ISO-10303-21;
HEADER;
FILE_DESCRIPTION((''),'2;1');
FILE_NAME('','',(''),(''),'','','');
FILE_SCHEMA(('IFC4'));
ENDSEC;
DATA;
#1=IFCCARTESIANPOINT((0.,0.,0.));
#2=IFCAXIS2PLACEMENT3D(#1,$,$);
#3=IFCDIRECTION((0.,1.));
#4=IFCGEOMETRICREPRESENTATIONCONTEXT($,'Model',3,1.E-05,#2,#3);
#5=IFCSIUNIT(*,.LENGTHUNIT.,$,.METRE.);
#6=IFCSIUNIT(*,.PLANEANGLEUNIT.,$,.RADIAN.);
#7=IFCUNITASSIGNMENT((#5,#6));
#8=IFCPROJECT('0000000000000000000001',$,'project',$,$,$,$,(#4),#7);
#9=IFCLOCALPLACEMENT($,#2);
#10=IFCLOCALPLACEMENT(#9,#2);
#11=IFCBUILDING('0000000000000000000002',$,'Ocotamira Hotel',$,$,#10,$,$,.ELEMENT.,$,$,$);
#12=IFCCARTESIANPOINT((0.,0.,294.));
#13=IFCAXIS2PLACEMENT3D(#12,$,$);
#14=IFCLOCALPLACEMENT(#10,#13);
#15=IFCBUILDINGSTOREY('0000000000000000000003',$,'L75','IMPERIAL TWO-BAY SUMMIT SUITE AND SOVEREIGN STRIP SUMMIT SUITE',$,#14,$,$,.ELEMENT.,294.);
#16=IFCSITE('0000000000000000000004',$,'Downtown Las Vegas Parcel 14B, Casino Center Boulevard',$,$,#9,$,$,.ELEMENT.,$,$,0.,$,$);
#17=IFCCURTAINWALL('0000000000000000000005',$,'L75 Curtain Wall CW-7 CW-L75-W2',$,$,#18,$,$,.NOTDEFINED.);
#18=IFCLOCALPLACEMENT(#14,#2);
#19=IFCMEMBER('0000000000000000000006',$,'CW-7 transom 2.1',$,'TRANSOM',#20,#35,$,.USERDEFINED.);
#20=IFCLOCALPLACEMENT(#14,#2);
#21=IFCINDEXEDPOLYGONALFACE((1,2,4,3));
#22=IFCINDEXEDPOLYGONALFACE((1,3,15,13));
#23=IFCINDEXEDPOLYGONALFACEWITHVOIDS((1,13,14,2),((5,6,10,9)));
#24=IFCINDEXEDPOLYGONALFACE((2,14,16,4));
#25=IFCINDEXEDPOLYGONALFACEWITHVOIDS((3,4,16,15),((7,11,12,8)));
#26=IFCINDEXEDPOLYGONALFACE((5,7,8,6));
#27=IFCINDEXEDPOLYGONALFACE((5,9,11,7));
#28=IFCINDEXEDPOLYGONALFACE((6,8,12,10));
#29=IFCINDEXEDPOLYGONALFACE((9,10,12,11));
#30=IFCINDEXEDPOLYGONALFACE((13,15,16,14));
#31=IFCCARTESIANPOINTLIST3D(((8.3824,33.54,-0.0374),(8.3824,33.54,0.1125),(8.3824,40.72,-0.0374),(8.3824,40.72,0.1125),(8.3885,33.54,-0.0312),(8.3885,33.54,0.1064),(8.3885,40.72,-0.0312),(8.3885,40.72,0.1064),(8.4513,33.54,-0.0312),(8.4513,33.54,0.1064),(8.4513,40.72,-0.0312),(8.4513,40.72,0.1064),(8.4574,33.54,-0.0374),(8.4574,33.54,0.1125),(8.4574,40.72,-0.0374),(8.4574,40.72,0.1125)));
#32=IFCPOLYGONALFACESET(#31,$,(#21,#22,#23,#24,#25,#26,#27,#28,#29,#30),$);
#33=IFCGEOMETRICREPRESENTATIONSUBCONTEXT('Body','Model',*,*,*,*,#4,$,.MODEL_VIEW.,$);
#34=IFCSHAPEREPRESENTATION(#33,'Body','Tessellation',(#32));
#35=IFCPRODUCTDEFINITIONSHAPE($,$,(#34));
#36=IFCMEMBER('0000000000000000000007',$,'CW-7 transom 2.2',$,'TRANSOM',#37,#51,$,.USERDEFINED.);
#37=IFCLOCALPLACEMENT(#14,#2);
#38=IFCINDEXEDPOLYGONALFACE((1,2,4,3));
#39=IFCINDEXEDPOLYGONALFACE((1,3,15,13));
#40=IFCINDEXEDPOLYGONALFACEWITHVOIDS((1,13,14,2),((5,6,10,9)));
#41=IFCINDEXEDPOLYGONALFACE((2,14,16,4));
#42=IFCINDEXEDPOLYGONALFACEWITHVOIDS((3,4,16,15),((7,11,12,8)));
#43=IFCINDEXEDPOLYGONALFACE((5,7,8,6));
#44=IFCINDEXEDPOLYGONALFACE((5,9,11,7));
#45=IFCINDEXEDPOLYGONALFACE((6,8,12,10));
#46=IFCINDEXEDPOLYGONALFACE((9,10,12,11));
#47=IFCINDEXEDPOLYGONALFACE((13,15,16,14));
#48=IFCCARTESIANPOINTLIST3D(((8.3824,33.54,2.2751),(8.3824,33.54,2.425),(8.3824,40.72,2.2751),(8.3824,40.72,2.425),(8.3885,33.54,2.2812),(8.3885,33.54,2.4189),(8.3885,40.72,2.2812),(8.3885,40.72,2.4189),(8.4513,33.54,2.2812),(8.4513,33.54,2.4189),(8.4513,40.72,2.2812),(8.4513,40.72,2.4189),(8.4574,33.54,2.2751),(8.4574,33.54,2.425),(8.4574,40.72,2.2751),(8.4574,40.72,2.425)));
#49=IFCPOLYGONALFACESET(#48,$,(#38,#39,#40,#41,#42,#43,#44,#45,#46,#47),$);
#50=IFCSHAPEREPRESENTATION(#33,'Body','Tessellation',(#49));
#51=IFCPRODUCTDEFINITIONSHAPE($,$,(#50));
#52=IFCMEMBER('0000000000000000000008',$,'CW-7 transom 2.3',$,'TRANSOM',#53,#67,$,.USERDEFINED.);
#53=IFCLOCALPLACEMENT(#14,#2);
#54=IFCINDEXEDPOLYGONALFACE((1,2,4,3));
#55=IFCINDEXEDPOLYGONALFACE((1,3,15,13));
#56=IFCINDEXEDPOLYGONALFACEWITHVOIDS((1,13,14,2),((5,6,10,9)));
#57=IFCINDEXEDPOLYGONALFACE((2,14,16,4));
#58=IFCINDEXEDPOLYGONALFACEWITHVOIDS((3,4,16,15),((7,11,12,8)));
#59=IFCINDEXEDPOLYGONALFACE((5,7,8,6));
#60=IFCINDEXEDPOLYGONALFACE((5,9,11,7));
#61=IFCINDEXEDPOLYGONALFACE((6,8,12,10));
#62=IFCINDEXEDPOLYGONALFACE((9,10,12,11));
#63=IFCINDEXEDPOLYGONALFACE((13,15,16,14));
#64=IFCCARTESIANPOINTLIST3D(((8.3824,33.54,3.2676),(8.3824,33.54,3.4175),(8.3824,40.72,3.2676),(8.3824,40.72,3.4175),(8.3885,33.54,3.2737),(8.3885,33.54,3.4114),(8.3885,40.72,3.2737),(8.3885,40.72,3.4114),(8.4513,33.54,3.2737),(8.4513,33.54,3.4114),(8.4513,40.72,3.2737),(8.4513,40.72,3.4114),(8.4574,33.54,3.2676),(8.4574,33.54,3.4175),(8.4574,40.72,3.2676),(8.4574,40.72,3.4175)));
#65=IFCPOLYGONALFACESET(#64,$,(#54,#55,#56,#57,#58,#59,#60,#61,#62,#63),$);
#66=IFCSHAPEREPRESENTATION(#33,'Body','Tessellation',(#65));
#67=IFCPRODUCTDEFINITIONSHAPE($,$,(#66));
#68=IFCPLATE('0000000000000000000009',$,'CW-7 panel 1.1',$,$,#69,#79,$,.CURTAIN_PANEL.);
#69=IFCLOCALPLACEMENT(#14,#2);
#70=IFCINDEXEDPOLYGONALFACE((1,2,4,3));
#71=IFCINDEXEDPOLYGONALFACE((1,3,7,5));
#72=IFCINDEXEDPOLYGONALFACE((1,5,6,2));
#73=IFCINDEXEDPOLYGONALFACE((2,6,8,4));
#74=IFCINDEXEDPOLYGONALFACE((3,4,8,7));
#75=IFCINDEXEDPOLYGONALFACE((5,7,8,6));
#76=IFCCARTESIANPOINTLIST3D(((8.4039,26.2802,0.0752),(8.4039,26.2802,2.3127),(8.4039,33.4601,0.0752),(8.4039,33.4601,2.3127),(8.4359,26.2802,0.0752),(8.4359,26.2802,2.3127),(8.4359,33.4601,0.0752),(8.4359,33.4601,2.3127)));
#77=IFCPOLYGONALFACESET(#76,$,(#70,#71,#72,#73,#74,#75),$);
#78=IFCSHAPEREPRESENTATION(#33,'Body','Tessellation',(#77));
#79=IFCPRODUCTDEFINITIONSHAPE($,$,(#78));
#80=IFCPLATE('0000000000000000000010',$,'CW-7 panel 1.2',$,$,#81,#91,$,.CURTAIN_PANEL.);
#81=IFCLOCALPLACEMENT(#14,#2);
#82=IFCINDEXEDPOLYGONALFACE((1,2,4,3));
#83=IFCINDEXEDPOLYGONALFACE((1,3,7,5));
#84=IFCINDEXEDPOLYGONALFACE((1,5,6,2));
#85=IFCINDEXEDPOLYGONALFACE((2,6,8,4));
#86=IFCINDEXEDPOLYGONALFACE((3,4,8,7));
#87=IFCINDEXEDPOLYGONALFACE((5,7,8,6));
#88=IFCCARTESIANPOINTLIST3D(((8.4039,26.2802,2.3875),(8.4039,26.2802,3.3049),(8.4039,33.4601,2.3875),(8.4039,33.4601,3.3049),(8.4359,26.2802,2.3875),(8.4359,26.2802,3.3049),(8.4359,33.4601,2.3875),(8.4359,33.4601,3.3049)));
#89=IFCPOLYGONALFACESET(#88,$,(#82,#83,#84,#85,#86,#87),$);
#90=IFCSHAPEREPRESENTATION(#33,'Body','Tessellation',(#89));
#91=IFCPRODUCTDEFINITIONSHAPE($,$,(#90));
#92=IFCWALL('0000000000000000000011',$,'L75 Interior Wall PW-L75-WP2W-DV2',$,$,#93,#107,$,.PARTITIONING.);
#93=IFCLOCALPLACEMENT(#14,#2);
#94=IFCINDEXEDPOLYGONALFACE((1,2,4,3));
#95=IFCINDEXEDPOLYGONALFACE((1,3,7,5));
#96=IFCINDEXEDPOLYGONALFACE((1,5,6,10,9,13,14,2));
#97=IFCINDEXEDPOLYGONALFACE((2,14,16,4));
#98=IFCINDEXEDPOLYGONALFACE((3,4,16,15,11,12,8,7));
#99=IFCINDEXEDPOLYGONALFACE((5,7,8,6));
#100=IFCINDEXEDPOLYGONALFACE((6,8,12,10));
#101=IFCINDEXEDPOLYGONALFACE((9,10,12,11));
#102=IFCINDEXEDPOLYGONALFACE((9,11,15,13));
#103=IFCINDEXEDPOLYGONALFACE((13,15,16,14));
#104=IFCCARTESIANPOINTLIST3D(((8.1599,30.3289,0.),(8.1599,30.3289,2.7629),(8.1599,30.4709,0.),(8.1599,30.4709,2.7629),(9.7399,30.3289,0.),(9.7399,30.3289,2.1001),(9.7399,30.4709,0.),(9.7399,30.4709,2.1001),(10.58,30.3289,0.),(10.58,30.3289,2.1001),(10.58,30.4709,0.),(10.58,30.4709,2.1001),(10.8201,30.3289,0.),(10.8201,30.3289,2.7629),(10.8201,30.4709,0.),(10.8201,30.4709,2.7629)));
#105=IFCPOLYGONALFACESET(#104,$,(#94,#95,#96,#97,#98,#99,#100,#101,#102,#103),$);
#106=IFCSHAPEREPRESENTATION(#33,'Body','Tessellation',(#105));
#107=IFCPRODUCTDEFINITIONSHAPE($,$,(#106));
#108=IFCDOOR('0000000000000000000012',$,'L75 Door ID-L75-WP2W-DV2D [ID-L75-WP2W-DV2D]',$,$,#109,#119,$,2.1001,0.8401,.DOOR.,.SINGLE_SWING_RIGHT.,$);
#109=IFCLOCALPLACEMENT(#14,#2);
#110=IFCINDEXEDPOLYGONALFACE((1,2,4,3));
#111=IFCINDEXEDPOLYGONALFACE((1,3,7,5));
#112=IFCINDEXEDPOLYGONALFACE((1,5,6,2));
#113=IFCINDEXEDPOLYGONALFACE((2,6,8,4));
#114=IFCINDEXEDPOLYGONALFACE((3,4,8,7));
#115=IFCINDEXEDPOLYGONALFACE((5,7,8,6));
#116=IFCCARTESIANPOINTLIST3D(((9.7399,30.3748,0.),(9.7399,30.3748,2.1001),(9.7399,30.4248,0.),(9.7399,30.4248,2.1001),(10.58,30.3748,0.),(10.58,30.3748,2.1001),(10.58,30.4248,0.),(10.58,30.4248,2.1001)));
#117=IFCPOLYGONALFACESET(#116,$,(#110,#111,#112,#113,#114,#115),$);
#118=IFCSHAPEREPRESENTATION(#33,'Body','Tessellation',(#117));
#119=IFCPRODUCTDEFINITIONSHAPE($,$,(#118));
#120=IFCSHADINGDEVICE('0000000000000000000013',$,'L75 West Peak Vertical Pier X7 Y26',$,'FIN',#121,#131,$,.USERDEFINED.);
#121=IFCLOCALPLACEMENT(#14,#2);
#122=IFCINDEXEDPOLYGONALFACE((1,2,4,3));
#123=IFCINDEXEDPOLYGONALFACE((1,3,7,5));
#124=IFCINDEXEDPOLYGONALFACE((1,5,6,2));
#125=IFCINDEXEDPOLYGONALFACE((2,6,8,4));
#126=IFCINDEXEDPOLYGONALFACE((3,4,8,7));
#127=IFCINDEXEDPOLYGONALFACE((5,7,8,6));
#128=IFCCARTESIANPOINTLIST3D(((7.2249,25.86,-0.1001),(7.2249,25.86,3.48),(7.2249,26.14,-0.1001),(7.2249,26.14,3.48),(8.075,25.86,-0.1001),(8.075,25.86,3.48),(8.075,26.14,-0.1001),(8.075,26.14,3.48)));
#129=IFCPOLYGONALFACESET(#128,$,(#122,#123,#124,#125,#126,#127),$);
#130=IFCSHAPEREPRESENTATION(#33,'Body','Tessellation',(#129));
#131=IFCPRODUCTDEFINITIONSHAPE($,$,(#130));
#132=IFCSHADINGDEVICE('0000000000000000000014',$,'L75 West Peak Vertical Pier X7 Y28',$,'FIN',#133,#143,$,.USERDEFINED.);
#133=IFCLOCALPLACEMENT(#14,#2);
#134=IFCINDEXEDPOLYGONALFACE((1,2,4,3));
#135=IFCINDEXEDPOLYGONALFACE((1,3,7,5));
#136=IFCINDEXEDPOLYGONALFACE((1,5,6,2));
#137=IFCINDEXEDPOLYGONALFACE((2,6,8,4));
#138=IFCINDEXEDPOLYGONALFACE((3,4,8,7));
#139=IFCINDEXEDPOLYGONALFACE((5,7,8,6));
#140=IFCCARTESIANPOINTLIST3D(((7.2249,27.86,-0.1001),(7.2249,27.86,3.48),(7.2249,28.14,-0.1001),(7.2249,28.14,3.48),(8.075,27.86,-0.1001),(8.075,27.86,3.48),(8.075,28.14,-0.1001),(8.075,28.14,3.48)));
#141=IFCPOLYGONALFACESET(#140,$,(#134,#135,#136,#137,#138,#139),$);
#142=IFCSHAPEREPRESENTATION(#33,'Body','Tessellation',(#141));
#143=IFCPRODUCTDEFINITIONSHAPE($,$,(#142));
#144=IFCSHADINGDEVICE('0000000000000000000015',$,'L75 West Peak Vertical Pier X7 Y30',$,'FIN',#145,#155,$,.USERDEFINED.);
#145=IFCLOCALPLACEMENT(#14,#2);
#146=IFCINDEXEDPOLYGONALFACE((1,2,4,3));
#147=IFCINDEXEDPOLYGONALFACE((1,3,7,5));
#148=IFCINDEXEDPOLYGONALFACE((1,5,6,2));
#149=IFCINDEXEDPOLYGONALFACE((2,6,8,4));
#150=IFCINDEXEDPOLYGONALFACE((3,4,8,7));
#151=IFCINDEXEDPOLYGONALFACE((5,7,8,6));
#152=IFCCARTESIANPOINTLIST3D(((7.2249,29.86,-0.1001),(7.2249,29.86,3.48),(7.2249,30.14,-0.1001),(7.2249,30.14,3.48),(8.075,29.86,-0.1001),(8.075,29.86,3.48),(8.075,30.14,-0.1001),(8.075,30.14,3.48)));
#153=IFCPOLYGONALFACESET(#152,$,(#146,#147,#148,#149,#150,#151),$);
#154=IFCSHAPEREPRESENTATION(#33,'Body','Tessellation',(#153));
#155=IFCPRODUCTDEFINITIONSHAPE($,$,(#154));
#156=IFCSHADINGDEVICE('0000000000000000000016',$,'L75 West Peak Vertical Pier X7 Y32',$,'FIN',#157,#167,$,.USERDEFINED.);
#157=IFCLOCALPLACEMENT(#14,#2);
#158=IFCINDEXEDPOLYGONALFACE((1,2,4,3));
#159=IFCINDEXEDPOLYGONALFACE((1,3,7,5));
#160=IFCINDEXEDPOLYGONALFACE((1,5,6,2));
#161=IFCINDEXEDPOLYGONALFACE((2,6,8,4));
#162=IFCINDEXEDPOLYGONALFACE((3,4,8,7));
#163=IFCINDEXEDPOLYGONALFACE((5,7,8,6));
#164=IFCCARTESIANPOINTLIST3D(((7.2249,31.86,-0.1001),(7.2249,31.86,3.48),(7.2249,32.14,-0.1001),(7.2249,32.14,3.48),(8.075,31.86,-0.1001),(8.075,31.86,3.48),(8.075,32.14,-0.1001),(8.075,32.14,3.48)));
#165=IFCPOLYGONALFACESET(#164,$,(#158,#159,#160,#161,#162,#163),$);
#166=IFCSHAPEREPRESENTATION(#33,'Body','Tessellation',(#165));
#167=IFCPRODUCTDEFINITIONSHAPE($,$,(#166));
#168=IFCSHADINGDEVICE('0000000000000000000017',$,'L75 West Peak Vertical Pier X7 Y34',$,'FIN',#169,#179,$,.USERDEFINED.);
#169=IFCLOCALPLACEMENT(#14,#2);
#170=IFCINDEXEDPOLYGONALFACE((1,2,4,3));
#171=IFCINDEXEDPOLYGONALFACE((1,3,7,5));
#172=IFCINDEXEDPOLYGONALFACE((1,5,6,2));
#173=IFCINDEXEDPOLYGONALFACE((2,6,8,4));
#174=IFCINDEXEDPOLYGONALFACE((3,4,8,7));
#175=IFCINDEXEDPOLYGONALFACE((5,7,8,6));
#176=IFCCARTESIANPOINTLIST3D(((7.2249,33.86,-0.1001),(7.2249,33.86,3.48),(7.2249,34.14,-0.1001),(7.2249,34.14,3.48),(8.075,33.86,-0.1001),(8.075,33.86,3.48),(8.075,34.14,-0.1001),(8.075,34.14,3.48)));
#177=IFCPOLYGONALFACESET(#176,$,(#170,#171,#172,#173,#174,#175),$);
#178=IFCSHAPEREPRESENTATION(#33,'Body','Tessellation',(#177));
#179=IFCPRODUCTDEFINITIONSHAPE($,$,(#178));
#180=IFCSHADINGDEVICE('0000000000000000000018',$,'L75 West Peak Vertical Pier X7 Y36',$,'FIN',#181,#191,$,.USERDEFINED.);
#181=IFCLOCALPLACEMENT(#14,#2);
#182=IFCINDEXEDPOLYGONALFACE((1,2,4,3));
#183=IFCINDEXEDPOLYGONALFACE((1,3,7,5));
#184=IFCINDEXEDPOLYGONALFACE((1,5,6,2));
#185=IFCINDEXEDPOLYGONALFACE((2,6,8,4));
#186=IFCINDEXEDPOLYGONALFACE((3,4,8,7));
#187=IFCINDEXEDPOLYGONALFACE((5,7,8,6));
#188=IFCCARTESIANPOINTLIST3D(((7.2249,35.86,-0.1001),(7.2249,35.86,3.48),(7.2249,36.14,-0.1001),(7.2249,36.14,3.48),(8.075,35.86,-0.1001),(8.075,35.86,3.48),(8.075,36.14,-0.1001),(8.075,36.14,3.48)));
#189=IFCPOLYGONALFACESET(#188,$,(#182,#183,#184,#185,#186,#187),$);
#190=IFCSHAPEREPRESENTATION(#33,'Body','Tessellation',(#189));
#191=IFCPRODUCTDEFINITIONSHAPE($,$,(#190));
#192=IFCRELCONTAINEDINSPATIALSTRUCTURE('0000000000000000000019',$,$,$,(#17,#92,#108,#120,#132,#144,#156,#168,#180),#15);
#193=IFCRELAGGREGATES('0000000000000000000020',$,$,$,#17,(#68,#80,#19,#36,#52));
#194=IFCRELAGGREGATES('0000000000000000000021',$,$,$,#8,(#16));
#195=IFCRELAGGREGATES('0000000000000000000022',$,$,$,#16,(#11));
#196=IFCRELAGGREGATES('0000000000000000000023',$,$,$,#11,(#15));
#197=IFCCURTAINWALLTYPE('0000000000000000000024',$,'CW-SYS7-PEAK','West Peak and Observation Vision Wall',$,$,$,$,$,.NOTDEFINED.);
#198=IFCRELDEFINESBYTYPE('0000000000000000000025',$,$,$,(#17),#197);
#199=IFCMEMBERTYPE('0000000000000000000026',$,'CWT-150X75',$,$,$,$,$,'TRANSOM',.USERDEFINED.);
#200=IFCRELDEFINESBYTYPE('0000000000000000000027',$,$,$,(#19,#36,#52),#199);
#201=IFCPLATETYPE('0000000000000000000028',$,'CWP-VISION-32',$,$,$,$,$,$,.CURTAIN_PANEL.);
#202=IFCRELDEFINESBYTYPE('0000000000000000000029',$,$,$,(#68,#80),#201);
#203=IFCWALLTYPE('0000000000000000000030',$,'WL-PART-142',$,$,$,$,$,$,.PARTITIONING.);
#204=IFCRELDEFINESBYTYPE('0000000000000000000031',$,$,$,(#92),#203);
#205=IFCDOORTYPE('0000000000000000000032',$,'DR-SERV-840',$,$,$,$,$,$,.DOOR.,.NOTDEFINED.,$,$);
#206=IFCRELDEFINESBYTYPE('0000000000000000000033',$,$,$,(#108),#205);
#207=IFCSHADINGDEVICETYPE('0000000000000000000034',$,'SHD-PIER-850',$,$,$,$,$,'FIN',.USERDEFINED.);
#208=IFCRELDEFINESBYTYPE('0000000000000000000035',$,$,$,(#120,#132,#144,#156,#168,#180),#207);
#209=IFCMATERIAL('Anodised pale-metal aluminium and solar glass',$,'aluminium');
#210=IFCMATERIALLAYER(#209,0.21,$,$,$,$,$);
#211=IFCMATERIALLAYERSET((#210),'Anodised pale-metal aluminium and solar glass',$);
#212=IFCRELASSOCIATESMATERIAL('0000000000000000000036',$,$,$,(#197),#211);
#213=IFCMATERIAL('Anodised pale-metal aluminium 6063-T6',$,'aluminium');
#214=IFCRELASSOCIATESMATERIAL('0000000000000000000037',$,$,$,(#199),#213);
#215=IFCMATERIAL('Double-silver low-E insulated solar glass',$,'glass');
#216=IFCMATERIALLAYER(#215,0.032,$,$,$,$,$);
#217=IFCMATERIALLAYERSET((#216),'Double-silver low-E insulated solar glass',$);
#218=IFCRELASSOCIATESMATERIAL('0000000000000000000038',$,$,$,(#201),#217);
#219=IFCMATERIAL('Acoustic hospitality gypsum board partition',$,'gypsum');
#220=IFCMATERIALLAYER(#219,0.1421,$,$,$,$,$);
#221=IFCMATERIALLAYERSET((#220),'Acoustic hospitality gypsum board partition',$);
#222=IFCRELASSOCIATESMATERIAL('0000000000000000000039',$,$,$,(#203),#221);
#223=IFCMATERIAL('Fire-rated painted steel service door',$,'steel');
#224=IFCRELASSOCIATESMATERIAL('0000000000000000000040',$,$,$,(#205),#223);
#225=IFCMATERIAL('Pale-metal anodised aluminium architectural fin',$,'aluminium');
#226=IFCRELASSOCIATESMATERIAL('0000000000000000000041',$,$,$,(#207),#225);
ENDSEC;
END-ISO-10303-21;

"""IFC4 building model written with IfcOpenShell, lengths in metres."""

from ifc_helpers import new_model, si_unit, direction, frame, frame_2d, origin, origin_2d, place, context, subcontext, project, spatial, rectangle, hollow_rectangle, extrude, source, transform, mapped, material, layer, layer_set, material_profile, profile_set, type_object, element, fill, aggregate, save


model = new_model("IFC4")

# Units and contexts
model_context = context("Model", 3, precision=1e-05, world=origin(), true_north=direction((0.0, 1.0)))
body_context = subcontext(model_context, "Body", "Model", "MODEL_VIEW")
ifc_project = project(units=[si_unit("LENGTHUNIT", "METRE"), si_unit("PLANEANGLEUNIT", "RADIAN")], contexts=[model_context])

# Site, building, storey
site_placement = place(None, origin())
site = spatial("IfcSite", under=ifc_project, at=site_placement, Name="Downtown Las Vegas Parcel 14B, Casino Center Boulevard", CompositionType="ELEMENT", RefElevation=0.0)
building_placement = place(site_placement, origin())
building = spatial("IfcBuilding", under=site, at=building_placement, Name="Ocotamira Hotel", CompositionType="ELEMENT")
storey_placement = place(building_placement, frame((0.0, 0.0, 294.0)))
storey = spatial("IfcBuildingStorey", under=building, at=storey_placement, Name="L75", Description="IMPERIAL TWO-BAY SUMMIT SUITE AND SOVEREIGN STRIP SUMMIT SUITE", CompositionType="ELEMENT", Elevation=294.0)

# Curtain wall, members, plates
ifc_material_1 = material(Name="Anodised pale-metal aluminium and solar glass", Category="aluminium")
ifc_layer_1 = layer(ifc_material_1, 0.21)
ifc_layer_set_1 = layer_set([ifc_layer_1], Name="Anodised pale-metal aluminium and solar glass")
curtain_wall_type = type_object("IfcCurtainWallType", Name="CW-SYS7-PEAK", Description="West Peak and Observation Vision Wall", PredefinedType="NOTDEFINED", material=ifc_layer_set_1)
curtain_wall_placement = place(storey_placement, origin())
curtain_wall = element("IfcCurtainWall", 1, at=curtain_wall_placement, inside=storey, type_object=curtain_wall_type, Name="L75 Curtain Wall CW-7 CW-L75-W2", PredefinedType="NOTDEFINED")
ifc_material_2 = material(Name="Anodised pale-metal aluminium 6063-T6", Category="aluminium")
ifc_material_profile_1 = material_profile(ifc_material_2, hollow_rectangle(XDim=0.075, YDim=0.1499, WallThickness=0.0061, at=origin_2d()), Name="HSS150X75X6")
ifc_profile_set_1 = profile_set([ifc_material_profile_1], Name="Anodised pale-metal aluminium 6063-T6")
member_type_1 = type_object("IfcMemberType", Name="CWT-150X75", ElementType="TRANSOM", PredefinedType="USERDEFINED", material=ifc_profile_set_1)
shared_shape_1 = source(origin(), body_context, "Body", "SweptSolid", [
    extrude(hollow_rectangle(XDim=0.075, YDim=0.1499, WallThickness=0.0061, at=origin_2d()), origin(), (0.0, 0.0, 1.0), 7.1799),
])
member_1_placement = place(storey_placement, frame((8.4199, 33.54, 0.0376), z_axis=(0.0, 1.0, 0.0), x_axis=(-1.0, 0.0, 0.0)))
member_1 = element("IfcMember", 2, at=member_1_placement, type_object=member_type_1, Name="CW-7 transom 2.1", ObjectType="TRANSOM", PredefinedType="USERDEFINED", context=body_context, shape_type="MappedRepresentation", body=[
    mapped(shared_shape_1, transform((0.0, 0.0, 0.0), scale=1.0)),
])
member_2_placement = place(storey_placement, frame((8.4199, 33.54, 2.3501), z_axis=(0.0, 1.0, 0.0), x_axis=(-1.0, 0.0, 0.0)))
member_2 = element("IfcMember", 3, at=member_2_placement, type_object=member_type_1, Name="CW-7 transom 2.2", ObjectType="TRANSOM", PredefinedType="USERDEFINED", context=body_context, shape_type="MappedRepresentation", body=[
    mapped(shared_shape_1, transform((0.0, 0.0, 0.0), scale=1.0)),
])
member_3_placement = place(storey_placement, frame((8.4199, 33.54, 3.3425), z_axis=(0.0, 1.0, 0.0), x_axis=(-1.0, 0.0, 0.0)))
member_3 = element("IfcMember", 4, at=member_3_placement, type_object=member_type_1, Name="CW-7 transom 2.3", ObjectType="TRANSOM", PredefinedType="USERDEFINED", context=body_context, shape_type="MappedRepresentation", body=[
    mapped(shared_shape_1, transform((0.0, 0.0, 0.0), scale=1.0)),
])
ifc_material_3 = material(Name="Double-silver low-E insulated solar glass", Category="glass")
ifc_layer_2 = layer(ifc_material_3, 0.032)
ifc_layer_set_2 = layer_set([ifc_layer_2], Name="Double-silver low-E insulated solar glass")
plate_type = type_object("IfcPlateType", Name="CWP-VISION-32", PredefinedType="CURTAIN_PANEL", material=ifc_layer_set_2)
shared_shape_2 = source(origin(), body_context, "Body", "SweptSolid", [
    extrude(rectangle(XDim=7.1799, YDim=0.032, at=origin_2d()), origin(), (0.0, 0.0, 1.0), 2.2375),
])
plate_1_placement = place(storey_placement, frame((8.4199, 29.8701, 0.0752), z_axis=(0.0, 0.0, 1.0), x_axis=(0.0, 1.0, 0.0)))
plate_1 = element("IfcPlate", 5, at=plate_1_placement, type_object=plate_type, Name="CW-7 panel 1.1", PredefinedType="CURTAIN_PANEL", context=body_context, shape_type="MappedRepresentation", body=[
    mapped(shared_shape_2, transform((0.0, 0.0, 0.0), scale=1.0)),
])
shared_shape_3 = source(origin(), body_context, "Body", "SweptSolid", [
    extrude(rectangle(XDim=7.1799, YDim=0.032, at=origin_2d()), origin(), (0.0, 0.0, 1.0), 0.9175),
])
plate_2_placement = place(storey_placement, frame((8.4199, 29.8701, 2.3875), z_axis=(0.0, 0.0, 1.0), x_axis=(0.0, 1.0, 0.0)))
plate_2 = element("IfcPlate", 6, at=plate_2_placement, type_object=plate_type, Name="CW-7 panel 1.2", PredefinedType="CURTAIN_PANEL", context=body_context, shape_type="MappedRepresentation", body=[
    mapped(shared_shape_3, transform((0.0, 0.0, 0.0), scale=1.0)),
])
aggregate(curtain_wall, [plate_1, plate_2, member_1, member_2, member_3])

# Wall, opening, door
ifc_material_4 = material(Name="Acoustic hospitality gypsum board partition", Category="gypsum")
ifc_layer_3 = layer(ifc_material_4, 0.1421)
ifc_layer_set_3 = layer_set([ifc_layer_3], Name="Acoustic hospitality gypsum board partition")
wall_type = type_object("IfcWallType", Name="WL-PART-142", PredefinedType="PARTITIONING", material=ifc_layer_set_3)
wall_placement = place(storey_placement, frame((8.1599, 30.3999, 0.0), z_axis=(0.0, 0.0, 1.0), x_axis=(1.0, 0.0, 0.0)))
wall = element("IfcWall", 7, at=wall_placement, inside=storey, type_object=wall_type, Name="L75 Interior Wall PW-L75-WP2W-DV2", PredefinedType="PARTITIONING", context=body_context, shape_type="SweptSolid", body=[
    extrude(rectangle(XDim=2.6602, YDim=0.1421, at=frame_2d((1.3301, 0.0))), origin(), (0.0, 0.0, 1.0), 2.7629),
])
opening_placement = place(wall_placement, frame((1.5801, 0.0, 0.0)))
opening = element("IfcOpeningElement", 8, at=opening_placement, cuts=wall, PredefinedType="OPENING", context=body_context, shape_type="SweptSolid", body=[
    extrude(rectangle(XDim=0.8401, YDim=2.1001, at=frame_2d((0.4199, 1.05))), frame((0.0, 0.0811, 0.0), z_axis=(0.0, -1.0, 0.0), x_axis=(1.0, 0.0, 0.0)), (0.0, 0.0, 1.0), 0.1621),
])
ifc_material_5 = material(Name="Fire-rated painted steel service door", Category="steel")
door_type = type_object("IfcDoorType", Name="DR-SERV-840", OperationType="NOTDEFINED", PredefinedType="DOOR", material=ifc_material_5)
shared_shape_4 = source(origin(), body_context, "Body", "SweptSolid", [
    extrude(rectangle(XDim=0.8401, YDim=2.1001, at=frame_2d((0.4199, 1.05))), frame((0.0, 0.0249, 0.0), z_axis=(0.0, -1.0, 0.0), x_axis=(1.0, 0.0, 0.0)), (0.0, 0.0, 1.0), 0.05),
])
door_placement = place(opening_placement, origin())
door = element("IfcDoor", 9, at=door_placement, inside=storey, type_object=door_type, Name="L75 Door ID-L75-WP2W-DV2D [ID-L75-WP2W-DV2D]", OperationType="SINGLE_SWING_RIGHT", OverallHeight=2.1001, OverallWidth=0.8401, PredefinedType="DOOR", context=body_context, shape_type="MappedRepresentation", body=[
    mapped(shared_shape_4, transform((0.0, 0.0, 0.0), scale=1.0)),
])
fill(opening, door)

# Shading devices
ifc_material_6 = material(Name="Pale-metal anodised aluminium architectural fin", Category="aluminium")
shading_device_type = type_object("IfcShadingDeviceType", Name="SHD-PIER-850", ElementType="FIN", PredefinedType="USERDEFINED", material=ifc_material_6)
shared_shape_5 = source(origin(), body_context, "Body", "SweptSolid", [
    extrude(rectangle(XDim=0.8501, YDim=0.28, at=origin_2d()), origin(), (0.0, 0.0, 1.0), 3.5801),
])
for number, where, z_axis, x_axis, name in (
    (10, (7.6499, 26.0, -0.1001), (0.0, 0.0, 1.0), (1.0, 0.0, 0.0), "L75 West Peak Vertical Pier X7 Y26"),
    (11, (7.6499, 28.0, -0.1001), (0.0, 0.0, 1.0), (1.0, 0.0, 0.0), "L75 West Peak Vertical Pier X7 Y28"),
    (12, (7.6499, 30.0, -0.1001), (0.0, 0.0, 1.0), (1.0, 0.0, 0.0), "L75 West Peak Vertical Pier X7 Y30"),
    (13, (7.6499, 32.0, -0.1001), (0.0, 0.0, 1.0), (1.0, 0.0, 0.0), "L75 West Peak Vertical Pier X7 Y32"),
    (14, (7.6499, 34.0, -0.1001), (0.0, 0.0, 1.0), (1.0, 0.0, 0.0), "L75 West Peak Vertical Pier X7 Y34"),
    (15, (7.6499, 36.0, -0.1001), (0.0, 0.0, 1.0), (1.0, 0.0, 0.0), "L75 West Peak Vertical Pier X7 Y36"),
):
    element("IfcShadingDevice", number, at=place(storey_placement, frame(where, z_axis=z_axis, x_axis=x_axis)), inside=storey, type_object=shading_device_type, Name=name, ObjectType="FIN", PredefinedType="USERDEFINED", context=body_context, shape_type="MappedRepresentation", body=[
        mapped(shared_shape_5, transform((0.0, 0.0, 0.0), scale=1.0)),
    ])

save(model, "model.ifc")
